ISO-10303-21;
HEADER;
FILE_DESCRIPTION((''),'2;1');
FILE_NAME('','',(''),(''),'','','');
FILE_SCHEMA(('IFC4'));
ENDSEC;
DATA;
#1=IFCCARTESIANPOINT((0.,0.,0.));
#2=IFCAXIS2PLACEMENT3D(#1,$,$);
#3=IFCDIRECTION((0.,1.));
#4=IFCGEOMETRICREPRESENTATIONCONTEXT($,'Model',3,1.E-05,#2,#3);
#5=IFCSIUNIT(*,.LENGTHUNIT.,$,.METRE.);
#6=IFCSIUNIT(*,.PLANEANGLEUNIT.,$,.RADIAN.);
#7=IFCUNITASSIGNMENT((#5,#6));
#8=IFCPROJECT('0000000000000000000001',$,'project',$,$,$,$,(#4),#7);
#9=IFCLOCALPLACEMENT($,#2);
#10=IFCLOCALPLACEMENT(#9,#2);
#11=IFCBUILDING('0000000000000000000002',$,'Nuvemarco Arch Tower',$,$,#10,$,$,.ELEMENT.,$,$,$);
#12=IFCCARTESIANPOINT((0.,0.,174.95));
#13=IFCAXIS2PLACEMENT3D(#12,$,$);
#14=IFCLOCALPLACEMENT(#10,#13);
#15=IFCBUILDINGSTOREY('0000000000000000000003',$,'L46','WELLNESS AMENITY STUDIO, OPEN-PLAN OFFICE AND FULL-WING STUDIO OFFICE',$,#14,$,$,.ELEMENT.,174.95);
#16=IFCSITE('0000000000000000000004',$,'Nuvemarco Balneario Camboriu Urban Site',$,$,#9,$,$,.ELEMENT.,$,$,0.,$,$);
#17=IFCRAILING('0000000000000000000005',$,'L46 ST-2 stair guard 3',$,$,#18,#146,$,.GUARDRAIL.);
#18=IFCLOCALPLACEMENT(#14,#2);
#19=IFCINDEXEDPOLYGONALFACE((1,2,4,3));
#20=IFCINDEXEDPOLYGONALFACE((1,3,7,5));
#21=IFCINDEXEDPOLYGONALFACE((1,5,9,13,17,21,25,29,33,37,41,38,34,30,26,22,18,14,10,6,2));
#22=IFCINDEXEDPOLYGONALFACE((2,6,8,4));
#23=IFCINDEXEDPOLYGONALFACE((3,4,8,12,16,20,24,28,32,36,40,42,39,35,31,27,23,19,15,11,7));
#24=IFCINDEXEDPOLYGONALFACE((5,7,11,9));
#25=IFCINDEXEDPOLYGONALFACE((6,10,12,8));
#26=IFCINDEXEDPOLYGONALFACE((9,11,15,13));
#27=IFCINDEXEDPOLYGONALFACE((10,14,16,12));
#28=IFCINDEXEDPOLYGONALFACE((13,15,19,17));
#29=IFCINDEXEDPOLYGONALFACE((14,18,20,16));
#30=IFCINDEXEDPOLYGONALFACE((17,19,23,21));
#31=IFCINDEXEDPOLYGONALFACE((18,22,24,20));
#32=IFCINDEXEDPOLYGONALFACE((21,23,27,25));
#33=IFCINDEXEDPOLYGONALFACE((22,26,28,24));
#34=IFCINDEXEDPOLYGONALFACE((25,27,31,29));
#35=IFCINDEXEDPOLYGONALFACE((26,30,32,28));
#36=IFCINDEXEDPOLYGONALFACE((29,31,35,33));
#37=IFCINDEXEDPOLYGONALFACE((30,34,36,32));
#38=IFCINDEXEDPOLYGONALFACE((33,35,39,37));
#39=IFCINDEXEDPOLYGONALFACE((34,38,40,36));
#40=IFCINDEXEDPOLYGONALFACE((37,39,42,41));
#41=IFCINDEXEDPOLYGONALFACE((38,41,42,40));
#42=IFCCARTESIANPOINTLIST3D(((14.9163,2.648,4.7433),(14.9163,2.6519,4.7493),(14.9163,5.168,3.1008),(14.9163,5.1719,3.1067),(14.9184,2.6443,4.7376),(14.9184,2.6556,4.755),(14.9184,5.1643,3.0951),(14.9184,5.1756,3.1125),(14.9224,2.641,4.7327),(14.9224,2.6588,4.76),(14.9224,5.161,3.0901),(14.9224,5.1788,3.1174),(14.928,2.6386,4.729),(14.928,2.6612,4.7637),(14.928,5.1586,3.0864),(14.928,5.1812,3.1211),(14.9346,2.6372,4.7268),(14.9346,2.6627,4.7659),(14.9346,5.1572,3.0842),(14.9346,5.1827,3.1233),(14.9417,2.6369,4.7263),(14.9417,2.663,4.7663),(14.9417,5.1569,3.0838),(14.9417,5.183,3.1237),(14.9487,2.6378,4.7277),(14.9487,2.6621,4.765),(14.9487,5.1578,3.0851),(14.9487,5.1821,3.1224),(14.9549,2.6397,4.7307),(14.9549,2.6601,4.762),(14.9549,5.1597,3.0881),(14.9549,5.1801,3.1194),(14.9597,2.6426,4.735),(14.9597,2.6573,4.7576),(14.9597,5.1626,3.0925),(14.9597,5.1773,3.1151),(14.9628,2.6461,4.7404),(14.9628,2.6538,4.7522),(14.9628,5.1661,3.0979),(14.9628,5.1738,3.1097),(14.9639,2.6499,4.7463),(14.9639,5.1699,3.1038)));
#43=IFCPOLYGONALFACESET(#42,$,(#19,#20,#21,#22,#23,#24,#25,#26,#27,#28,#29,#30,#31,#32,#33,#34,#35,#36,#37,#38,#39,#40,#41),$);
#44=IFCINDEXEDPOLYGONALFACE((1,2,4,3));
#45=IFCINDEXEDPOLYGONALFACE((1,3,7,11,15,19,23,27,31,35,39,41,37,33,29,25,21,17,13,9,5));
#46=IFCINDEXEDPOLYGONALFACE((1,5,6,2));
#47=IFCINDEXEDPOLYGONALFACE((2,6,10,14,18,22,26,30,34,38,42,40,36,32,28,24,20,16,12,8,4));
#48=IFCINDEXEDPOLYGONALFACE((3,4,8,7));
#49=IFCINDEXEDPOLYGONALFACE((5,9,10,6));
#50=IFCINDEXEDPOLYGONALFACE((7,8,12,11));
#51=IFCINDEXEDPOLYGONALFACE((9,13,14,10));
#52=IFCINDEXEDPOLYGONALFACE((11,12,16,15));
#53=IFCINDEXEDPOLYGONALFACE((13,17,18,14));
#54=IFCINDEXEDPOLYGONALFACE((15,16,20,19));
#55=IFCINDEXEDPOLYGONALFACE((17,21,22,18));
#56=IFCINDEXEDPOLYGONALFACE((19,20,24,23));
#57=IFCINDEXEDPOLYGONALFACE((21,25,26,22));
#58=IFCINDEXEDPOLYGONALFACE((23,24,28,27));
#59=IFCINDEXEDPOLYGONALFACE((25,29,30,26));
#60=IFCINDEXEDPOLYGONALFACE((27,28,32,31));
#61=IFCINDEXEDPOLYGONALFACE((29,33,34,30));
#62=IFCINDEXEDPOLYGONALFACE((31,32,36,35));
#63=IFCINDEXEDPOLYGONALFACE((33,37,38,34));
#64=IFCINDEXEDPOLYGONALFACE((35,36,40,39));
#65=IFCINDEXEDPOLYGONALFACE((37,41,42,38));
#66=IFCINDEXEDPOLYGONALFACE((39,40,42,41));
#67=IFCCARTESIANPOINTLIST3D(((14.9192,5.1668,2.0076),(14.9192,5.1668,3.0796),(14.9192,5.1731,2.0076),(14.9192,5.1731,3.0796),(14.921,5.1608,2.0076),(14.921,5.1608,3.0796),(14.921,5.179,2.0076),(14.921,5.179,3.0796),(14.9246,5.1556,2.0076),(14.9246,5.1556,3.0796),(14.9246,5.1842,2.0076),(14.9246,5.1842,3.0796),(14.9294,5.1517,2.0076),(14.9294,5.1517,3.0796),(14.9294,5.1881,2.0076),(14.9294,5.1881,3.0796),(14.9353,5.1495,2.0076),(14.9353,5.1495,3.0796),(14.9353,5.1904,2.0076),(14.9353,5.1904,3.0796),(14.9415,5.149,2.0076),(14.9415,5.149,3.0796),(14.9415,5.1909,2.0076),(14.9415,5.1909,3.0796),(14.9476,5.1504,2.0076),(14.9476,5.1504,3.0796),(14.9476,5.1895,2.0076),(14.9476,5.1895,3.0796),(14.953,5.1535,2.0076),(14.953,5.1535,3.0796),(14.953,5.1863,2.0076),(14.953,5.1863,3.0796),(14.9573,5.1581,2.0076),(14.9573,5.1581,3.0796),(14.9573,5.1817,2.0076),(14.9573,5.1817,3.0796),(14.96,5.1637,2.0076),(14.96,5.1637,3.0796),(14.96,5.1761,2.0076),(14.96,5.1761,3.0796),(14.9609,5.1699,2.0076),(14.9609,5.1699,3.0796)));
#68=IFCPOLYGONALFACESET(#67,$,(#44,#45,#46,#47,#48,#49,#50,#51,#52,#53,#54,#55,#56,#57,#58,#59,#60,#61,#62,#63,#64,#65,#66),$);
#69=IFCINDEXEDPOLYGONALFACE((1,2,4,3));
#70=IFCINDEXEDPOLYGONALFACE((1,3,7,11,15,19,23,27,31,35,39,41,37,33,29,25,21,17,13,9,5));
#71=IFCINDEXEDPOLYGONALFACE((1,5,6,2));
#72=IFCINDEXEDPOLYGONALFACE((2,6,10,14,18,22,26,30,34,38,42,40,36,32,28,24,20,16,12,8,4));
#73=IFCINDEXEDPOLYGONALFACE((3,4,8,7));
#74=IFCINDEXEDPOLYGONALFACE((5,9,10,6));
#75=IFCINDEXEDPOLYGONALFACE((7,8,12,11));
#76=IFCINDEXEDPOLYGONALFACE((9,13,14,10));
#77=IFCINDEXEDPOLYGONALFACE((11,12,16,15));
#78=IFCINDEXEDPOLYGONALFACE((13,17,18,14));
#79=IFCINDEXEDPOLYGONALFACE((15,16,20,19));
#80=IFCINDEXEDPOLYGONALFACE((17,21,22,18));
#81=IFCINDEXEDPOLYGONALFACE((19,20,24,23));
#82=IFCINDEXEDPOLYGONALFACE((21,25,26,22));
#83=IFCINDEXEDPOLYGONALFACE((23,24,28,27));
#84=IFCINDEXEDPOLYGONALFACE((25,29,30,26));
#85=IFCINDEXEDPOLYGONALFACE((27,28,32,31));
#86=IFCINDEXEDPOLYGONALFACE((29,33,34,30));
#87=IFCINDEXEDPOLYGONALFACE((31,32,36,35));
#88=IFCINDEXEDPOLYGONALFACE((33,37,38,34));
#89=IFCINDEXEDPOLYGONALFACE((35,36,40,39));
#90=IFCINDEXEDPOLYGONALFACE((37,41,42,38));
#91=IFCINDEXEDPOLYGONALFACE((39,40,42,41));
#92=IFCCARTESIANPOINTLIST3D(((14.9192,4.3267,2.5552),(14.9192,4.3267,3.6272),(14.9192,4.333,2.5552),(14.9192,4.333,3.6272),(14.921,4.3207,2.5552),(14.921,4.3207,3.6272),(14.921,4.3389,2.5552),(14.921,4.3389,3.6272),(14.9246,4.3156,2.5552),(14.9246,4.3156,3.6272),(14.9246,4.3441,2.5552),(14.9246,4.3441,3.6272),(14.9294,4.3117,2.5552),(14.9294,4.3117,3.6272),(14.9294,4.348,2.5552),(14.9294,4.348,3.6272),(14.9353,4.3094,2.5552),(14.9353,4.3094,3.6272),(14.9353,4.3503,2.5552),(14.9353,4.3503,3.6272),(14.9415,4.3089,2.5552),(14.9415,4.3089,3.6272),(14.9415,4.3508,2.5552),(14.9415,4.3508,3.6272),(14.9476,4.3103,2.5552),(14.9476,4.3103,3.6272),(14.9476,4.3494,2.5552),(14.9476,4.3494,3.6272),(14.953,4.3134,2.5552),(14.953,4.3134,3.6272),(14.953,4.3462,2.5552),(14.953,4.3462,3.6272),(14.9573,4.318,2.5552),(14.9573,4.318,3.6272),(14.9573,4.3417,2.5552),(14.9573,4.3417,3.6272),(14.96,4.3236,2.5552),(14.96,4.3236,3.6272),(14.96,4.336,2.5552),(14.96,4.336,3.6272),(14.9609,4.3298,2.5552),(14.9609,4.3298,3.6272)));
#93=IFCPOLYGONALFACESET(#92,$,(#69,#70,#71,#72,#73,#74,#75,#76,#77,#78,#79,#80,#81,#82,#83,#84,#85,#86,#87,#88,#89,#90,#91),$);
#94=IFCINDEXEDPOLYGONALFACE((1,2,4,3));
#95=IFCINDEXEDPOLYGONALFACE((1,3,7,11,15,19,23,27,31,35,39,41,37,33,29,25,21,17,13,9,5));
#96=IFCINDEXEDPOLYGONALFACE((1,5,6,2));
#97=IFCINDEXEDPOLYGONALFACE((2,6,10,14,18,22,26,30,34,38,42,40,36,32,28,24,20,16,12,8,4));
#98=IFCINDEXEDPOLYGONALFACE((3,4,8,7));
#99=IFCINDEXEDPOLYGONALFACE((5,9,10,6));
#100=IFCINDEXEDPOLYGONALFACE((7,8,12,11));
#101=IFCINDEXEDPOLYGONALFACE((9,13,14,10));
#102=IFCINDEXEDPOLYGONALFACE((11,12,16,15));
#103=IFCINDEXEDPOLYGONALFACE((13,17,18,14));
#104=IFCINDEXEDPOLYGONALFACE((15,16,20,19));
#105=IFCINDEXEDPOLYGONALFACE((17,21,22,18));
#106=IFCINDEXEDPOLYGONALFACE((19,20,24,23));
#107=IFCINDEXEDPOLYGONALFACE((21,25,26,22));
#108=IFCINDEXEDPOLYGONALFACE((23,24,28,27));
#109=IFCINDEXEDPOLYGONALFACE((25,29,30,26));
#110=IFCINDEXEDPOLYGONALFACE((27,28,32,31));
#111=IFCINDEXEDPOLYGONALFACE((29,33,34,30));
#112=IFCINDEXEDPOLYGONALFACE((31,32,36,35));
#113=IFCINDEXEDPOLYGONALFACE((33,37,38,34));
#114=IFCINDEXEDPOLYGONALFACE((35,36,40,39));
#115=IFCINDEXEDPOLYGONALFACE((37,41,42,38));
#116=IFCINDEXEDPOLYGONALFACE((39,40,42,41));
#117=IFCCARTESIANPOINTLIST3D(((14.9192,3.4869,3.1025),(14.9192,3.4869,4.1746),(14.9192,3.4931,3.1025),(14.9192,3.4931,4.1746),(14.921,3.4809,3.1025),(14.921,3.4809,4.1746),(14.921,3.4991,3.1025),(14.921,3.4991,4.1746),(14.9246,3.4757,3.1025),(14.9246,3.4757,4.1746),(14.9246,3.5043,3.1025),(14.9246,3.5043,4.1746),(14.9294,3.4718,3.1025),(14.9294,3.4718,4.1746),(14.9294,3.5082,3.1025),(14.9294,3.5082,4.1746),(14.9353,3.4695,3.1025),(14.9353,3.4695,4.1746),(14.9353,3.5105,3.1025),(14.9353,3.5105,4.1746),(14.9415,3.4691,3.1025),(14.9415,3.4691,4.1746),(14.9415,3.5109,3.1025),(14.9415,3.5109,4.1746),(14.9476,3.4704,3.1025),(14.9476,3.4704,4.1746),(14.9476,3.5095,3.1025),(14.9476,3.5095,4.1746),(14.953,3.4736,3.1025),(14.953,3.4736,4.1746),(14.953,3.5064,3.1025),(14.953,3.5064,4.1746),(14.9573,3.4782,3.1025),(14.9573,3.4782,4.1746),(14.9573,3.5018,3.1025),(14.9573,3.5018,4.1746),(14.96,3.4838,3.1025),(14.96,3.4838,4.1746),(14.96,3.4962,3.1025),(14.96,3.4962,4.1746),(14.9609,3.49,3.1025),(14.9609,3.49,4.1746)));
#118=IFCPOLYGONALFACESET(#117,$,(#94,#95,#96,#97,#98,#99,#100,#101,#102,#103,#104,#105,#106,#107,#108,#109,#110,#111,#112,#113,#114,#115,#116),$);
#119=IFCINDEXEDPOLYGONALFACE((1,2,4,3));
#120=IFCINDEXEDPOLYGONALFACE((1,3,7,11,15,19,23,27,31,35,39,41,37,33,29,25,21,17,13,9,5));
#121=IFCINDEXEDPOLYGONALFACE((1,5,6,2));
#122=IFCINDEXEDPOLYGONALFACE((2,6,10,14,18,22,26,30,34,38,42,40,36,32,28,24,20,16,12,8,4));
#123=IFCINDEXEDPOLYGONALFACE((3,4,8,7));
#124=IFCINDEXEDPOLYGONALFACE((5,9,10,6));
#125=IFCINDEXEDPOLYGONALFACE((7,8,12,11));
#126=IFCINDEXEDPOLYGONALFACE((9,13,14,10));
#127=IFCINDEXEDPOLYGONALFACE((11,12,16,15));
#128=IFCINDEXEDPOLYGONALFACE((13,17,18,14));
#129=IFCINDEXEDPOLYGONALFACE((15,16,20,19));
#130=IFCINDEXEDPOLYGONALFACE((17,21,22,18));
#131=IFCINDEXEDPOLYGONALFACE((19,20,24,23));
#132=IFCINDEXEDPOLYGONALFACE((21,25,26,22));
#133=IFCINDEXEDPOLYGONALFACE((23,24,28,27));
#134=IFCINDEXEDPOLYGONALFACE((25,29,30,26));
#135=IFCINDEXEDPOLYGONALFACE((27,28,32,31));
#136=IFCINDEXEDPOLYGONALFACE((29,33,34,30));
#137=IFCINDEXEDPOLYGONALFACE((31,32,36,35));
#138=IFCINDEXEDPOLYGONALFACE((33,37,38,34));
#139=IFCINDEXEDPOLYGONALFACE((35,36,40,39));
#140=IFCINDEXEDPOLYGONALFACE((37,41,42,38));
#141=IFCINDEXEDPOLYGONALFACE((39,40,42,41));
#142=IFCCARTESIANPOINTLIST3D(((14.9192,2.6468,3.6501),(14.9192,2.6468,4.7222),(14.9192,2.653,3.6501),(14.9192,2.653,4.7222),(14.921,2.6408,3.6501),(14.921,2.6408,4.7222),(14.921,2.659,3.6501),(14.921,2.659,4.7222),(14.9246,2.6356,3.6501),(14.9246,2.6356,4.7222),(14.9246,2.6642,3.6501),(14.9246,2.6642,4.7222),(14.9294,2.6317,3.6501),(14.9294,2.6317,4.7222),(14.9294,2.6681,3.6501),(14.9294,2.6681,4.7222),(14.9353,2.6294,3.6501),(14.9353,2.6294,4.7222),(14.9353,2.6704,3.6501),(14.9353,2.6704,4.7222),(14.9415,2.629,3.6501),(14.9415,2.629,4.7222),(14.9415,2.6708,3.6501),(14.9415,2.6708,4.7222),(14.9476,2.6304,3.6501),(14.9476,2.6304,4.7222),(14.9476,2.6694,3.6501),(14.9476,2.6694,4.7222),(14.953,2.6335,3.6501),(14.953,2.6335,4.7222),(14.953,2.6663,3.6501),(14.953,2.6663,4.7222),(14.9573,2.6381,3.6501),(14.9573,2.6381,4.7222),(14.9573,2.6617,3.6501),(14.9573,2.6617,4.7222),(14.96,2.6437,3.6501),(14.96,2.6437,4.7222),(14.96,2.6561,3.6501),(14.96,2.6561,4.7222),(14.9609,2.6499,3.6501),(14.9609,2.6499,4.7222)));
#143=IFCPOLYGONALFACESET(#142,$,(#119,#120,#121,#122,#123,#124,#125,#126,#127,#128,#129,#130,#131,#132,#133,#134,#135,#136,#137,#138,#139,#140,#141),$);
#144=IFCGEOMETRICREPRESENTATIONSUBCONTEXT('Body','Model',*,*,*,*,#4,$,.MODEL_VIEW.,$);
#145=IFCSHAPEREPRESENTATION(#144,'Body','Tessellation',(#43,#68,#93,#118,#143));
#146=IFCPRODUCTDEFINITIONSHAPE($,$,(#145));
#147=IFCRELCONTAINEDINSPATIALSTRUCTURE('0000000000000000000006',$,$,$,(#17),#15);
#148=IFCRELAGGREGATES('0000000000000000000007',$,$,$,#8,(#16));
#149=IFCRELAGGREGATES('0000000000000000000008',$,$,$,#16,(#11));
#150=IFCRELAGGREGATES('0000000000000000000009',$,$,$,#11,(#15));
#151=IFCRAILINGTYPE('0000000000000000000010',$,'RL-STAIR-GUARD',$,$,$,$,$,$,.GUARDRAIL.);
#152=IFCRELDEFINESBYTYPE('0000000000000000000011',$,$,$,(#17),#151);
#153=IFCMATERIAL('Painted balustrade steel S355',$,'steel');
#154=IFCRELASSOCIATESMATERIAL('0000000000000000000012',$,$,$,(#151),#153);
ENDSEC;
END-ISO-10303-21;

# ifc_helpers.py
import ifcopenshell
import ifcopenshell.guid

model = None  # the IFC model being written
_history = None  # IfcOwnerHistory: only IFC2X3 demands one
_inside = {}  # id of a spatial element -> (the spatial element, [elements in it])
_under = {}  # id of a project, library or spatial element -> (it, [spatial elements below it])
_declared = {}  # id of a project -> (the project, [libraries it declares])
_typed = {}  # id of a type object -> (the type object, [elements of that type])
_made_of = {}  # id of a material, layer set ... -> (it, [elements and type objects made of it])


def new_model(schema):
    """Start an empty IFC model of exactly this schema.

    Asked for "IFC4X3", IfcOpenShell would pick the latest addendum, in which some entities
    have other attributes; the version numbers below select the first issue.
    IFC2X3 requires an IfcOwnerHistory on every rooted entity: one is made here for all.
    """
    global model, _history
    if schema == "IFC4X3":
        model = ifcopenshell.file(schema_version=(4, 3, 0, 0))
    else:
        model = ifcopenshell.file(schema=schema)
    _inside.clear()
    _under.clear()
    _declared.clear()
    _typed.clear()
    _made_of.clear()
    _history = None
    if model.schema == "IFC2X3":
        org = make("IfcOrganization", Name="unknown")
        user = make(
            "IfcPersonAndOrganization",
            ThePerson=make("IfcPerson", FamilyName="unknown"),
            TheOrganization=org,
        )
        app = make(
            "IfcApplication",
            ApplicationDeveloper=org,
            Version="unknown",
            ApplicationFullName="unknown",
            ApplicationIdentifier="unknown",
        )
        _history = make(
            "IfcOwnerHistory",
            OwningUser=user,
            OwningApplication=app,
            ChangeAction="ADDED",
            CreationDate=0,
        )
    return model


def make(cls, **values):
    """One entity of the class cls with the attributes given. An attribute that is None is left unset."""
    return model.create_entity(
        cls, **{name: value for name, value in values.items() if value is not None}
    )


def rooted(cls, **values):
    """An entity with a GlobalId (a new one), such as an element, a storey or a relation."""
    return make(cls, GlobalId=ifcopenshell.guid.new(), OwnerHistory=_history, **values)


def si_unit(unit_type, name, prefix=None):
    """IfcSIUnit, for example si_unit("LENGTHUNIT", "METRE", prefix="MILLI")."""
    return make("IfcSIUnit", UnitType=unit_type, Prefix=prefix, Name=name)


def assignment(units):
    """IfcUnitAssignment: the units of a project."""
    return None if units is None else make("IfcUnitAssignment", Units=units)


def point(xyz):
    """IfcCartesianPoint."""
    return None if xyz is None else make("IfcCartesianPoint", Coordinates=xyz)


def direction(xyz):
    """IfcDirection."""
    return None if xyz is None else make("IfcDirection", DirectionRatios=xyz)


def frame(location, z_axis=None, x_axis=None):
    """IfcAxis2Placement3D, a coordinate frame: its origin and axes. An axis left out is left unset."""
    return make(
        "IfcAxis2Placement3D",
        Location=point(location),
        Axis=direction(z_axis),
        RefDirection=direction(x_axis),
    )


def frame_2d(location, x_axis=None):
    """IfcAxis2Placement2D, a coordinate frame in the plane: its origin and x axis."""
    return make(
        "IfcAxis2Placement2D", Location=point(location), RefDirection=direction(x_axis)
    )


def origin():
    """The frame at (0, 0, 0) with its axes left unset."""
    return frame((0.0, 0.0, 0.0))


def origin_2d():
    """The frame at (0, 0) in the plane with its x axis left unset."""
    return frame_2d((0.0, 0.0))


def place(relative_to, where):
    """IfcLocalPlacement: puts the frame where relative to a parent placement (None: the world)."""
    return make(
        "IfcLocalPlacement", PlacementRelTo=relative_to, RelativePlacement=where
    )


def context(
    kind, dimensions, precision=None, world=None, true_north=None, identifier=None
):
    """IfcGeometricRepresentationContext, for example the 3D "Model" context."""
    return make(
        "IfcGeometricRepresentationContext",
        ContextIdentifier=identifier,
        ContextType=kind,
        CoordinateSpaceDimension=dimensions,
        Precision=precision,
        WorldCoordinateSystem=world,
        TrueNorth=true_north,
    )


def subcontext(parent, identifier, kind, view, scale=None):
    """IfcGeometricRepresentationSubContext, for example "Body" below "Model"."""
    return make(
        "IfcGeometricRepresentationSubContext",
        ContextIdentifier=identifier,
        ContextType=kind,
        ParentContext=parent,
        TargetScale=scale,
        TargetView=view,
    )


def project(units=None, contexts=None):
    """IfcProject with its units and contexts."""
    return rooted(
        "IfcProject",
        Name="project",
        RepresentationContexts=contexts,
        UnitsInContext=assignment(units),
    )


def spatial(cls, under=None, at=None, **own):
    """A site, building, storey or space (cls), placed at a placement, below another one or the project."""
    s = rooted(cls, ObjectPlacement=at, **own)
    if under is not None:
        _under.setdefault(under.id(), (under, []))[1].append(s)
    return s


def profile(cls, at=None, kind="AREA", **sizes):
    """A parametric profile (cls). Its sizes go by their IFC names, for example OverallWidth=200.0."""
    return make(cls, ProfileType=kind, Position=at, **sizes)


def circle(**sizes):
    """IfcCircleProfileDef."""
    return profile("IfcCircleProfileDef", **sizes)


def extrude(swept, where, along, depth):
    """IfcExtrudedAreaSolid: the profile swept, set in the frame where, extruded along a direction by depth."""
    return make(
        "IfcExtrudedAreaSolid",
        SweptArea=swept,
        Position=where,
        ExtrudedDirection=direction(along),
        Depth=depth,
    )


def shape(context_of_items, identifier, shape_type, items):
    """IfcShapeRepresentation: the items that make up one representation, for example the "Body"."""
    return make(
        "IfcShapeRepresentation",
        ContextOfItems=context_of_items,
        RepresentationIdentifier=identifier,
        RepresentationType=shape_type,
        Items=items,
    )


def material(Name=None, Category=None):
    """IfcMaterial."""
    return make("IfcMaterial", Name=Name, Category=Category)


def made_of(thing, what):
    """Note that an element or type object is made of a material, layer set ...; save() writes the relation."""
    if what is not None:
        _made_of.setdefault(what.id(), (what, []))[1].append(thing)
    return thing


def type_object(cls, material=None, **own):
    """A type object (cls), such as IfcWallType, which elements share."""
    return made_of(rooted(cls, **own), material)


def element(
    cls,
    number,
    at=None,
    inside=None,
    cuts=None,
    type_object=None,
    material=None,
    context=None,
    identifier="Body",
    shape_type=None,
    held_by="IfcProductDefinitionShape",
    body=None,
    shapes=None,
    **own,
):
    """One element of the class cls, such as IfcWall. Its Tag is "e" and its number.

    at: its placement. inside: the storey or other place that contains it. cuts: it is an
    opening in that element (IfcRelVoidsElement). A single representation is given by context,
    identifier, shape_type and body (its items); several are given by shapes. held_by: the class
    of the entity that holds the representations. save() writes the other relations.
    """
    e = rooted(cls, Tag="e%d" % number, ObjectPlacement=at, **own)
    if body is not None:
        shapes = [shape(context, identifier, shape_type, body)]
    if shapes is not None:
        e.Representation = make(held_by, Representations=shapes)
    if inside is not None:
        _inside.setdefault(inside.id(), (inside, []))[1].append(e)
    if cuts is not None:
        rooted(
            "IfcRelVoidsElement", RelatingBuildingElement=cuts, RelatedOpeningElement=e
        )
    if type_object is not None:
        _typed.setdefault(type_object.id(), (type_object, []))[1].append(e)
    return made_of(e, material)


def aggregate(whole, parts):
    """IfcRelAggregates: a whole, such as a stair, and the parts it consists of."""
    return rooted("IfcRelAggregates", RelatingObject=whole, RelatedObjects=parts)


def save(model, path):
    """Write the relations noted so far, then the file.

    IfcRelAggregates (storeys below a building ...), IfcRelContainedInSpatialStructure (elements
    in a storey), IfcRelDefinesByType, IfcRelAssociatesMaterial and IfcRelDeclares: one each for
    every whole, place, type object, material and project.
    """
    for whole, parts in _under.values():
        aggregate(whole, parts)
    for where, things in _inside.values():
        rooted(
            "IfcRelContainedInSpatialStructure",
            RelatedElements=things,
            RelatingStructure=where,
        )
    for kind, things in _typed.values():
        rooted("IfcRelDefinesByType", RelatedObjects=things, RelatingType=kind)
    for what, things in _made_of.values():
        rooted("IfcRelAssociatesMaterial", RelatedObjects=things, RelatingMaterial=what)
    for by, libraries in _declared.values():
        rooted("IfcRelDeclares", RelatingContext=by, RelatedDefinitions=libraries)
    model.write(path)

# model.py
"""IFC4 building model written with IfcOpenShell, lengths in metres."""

from ifc_helpers import new_model, si_unit, direction, frame, origin, origin_2d, place, context, subcontext, project, spatial, circle, extrude, material, type_object, element, save


model = new_model("IFC4")

# Units and contexts
model_context = context("Model", 3, precision=1e-05, world=origin(), true_north=direction((0.0, 1.0)))
body_context = subcontext(model_context, "Body", "Model", "MODEL_VIEW")
ifc_project = project(units=[si_unit("LENGTHUNIT", "METRE"), si_unit("PLANEANGLEUNIT", "RADIAN")], contexts=[model_context])

# Site, building, storey
site_placement = place(None, origin())
site = spatial("IfcSite", under=ifc_project, at=site_placement, Name="Nuvemarco Balneario Camboriu Urban Site", CompositionType="ELEMENT", RefElevation=0.0)
building_placement = place(site_placement, origin())
building = spatial("IfcBuilding", under=site, at=building_placement, Name="Nuvemarco Arch Tower", CompositionType="ELEMENT")
storey_placement = place(building_placement, frame((0.0, 0.0, 174.95)))
storey = spatial("IfcBuildingStorey", under=building, at=storey_placement, Name="L46", Description="WELLNESS AMENITY STUDIO, OPEN-PLAN OFFICE AND FULL-WING STUDIO OFFICE", CompositionType="ELEMENT", Elevation=174.95)

# Railing
ifc_material_1 = material(Name="Painted balustrade steel S355", Category="steel")
railing_type_1 = type_object("IfcRailingType", Name="RL-STAIR-GUARD", PredefinedType="GUARDRAIL", material=ifc_material_1)
railing_1_placement = place(storey_placement, frame((14.9399, 5.1699, 2.0076)))
element("IfcRailing", 1, at=railing_1_placement, inside=storey, type_object=railing_type_1, Name="L46 ST-2 stair guard 3", PredefinedType="GUARDRAIL", context=body_context, shape_type="SweptSolid", body=[
    extrude(circle(Radius=0.0239, at=origin_2d()), frame((0.0, 0.0, 1.0962), z_axis=(0.0, -0.837749, 0.546055), x_axis=(1.0, 0.0, 0.0)), (0.0, 0.0, 1.0), 3.0081),
    extrude(circle(Radius=0.021, at=origin_2d()), origin(), (0.0, 0.0, 1.0), 1.072),
    extrude(circle(Radius=0.021, at=origin_2d()), frame((0.0, -0.8401, 0.5476)), (0.0, 0.0, 1.0), 1.072),
    extrude(circle(Radius=0.021, at=origin_2d()), frame((0.0, -1.6799, 1.095)), (0.0, 0.0, 1.0), 1.072),
    extrude(circle(Radius=0.021, at=origin_2d()), frame((0.0, -2.52, 1.6426)), (0.0, 0.0, 1.0), 1.072),
])

save(model, "model.ifc")
